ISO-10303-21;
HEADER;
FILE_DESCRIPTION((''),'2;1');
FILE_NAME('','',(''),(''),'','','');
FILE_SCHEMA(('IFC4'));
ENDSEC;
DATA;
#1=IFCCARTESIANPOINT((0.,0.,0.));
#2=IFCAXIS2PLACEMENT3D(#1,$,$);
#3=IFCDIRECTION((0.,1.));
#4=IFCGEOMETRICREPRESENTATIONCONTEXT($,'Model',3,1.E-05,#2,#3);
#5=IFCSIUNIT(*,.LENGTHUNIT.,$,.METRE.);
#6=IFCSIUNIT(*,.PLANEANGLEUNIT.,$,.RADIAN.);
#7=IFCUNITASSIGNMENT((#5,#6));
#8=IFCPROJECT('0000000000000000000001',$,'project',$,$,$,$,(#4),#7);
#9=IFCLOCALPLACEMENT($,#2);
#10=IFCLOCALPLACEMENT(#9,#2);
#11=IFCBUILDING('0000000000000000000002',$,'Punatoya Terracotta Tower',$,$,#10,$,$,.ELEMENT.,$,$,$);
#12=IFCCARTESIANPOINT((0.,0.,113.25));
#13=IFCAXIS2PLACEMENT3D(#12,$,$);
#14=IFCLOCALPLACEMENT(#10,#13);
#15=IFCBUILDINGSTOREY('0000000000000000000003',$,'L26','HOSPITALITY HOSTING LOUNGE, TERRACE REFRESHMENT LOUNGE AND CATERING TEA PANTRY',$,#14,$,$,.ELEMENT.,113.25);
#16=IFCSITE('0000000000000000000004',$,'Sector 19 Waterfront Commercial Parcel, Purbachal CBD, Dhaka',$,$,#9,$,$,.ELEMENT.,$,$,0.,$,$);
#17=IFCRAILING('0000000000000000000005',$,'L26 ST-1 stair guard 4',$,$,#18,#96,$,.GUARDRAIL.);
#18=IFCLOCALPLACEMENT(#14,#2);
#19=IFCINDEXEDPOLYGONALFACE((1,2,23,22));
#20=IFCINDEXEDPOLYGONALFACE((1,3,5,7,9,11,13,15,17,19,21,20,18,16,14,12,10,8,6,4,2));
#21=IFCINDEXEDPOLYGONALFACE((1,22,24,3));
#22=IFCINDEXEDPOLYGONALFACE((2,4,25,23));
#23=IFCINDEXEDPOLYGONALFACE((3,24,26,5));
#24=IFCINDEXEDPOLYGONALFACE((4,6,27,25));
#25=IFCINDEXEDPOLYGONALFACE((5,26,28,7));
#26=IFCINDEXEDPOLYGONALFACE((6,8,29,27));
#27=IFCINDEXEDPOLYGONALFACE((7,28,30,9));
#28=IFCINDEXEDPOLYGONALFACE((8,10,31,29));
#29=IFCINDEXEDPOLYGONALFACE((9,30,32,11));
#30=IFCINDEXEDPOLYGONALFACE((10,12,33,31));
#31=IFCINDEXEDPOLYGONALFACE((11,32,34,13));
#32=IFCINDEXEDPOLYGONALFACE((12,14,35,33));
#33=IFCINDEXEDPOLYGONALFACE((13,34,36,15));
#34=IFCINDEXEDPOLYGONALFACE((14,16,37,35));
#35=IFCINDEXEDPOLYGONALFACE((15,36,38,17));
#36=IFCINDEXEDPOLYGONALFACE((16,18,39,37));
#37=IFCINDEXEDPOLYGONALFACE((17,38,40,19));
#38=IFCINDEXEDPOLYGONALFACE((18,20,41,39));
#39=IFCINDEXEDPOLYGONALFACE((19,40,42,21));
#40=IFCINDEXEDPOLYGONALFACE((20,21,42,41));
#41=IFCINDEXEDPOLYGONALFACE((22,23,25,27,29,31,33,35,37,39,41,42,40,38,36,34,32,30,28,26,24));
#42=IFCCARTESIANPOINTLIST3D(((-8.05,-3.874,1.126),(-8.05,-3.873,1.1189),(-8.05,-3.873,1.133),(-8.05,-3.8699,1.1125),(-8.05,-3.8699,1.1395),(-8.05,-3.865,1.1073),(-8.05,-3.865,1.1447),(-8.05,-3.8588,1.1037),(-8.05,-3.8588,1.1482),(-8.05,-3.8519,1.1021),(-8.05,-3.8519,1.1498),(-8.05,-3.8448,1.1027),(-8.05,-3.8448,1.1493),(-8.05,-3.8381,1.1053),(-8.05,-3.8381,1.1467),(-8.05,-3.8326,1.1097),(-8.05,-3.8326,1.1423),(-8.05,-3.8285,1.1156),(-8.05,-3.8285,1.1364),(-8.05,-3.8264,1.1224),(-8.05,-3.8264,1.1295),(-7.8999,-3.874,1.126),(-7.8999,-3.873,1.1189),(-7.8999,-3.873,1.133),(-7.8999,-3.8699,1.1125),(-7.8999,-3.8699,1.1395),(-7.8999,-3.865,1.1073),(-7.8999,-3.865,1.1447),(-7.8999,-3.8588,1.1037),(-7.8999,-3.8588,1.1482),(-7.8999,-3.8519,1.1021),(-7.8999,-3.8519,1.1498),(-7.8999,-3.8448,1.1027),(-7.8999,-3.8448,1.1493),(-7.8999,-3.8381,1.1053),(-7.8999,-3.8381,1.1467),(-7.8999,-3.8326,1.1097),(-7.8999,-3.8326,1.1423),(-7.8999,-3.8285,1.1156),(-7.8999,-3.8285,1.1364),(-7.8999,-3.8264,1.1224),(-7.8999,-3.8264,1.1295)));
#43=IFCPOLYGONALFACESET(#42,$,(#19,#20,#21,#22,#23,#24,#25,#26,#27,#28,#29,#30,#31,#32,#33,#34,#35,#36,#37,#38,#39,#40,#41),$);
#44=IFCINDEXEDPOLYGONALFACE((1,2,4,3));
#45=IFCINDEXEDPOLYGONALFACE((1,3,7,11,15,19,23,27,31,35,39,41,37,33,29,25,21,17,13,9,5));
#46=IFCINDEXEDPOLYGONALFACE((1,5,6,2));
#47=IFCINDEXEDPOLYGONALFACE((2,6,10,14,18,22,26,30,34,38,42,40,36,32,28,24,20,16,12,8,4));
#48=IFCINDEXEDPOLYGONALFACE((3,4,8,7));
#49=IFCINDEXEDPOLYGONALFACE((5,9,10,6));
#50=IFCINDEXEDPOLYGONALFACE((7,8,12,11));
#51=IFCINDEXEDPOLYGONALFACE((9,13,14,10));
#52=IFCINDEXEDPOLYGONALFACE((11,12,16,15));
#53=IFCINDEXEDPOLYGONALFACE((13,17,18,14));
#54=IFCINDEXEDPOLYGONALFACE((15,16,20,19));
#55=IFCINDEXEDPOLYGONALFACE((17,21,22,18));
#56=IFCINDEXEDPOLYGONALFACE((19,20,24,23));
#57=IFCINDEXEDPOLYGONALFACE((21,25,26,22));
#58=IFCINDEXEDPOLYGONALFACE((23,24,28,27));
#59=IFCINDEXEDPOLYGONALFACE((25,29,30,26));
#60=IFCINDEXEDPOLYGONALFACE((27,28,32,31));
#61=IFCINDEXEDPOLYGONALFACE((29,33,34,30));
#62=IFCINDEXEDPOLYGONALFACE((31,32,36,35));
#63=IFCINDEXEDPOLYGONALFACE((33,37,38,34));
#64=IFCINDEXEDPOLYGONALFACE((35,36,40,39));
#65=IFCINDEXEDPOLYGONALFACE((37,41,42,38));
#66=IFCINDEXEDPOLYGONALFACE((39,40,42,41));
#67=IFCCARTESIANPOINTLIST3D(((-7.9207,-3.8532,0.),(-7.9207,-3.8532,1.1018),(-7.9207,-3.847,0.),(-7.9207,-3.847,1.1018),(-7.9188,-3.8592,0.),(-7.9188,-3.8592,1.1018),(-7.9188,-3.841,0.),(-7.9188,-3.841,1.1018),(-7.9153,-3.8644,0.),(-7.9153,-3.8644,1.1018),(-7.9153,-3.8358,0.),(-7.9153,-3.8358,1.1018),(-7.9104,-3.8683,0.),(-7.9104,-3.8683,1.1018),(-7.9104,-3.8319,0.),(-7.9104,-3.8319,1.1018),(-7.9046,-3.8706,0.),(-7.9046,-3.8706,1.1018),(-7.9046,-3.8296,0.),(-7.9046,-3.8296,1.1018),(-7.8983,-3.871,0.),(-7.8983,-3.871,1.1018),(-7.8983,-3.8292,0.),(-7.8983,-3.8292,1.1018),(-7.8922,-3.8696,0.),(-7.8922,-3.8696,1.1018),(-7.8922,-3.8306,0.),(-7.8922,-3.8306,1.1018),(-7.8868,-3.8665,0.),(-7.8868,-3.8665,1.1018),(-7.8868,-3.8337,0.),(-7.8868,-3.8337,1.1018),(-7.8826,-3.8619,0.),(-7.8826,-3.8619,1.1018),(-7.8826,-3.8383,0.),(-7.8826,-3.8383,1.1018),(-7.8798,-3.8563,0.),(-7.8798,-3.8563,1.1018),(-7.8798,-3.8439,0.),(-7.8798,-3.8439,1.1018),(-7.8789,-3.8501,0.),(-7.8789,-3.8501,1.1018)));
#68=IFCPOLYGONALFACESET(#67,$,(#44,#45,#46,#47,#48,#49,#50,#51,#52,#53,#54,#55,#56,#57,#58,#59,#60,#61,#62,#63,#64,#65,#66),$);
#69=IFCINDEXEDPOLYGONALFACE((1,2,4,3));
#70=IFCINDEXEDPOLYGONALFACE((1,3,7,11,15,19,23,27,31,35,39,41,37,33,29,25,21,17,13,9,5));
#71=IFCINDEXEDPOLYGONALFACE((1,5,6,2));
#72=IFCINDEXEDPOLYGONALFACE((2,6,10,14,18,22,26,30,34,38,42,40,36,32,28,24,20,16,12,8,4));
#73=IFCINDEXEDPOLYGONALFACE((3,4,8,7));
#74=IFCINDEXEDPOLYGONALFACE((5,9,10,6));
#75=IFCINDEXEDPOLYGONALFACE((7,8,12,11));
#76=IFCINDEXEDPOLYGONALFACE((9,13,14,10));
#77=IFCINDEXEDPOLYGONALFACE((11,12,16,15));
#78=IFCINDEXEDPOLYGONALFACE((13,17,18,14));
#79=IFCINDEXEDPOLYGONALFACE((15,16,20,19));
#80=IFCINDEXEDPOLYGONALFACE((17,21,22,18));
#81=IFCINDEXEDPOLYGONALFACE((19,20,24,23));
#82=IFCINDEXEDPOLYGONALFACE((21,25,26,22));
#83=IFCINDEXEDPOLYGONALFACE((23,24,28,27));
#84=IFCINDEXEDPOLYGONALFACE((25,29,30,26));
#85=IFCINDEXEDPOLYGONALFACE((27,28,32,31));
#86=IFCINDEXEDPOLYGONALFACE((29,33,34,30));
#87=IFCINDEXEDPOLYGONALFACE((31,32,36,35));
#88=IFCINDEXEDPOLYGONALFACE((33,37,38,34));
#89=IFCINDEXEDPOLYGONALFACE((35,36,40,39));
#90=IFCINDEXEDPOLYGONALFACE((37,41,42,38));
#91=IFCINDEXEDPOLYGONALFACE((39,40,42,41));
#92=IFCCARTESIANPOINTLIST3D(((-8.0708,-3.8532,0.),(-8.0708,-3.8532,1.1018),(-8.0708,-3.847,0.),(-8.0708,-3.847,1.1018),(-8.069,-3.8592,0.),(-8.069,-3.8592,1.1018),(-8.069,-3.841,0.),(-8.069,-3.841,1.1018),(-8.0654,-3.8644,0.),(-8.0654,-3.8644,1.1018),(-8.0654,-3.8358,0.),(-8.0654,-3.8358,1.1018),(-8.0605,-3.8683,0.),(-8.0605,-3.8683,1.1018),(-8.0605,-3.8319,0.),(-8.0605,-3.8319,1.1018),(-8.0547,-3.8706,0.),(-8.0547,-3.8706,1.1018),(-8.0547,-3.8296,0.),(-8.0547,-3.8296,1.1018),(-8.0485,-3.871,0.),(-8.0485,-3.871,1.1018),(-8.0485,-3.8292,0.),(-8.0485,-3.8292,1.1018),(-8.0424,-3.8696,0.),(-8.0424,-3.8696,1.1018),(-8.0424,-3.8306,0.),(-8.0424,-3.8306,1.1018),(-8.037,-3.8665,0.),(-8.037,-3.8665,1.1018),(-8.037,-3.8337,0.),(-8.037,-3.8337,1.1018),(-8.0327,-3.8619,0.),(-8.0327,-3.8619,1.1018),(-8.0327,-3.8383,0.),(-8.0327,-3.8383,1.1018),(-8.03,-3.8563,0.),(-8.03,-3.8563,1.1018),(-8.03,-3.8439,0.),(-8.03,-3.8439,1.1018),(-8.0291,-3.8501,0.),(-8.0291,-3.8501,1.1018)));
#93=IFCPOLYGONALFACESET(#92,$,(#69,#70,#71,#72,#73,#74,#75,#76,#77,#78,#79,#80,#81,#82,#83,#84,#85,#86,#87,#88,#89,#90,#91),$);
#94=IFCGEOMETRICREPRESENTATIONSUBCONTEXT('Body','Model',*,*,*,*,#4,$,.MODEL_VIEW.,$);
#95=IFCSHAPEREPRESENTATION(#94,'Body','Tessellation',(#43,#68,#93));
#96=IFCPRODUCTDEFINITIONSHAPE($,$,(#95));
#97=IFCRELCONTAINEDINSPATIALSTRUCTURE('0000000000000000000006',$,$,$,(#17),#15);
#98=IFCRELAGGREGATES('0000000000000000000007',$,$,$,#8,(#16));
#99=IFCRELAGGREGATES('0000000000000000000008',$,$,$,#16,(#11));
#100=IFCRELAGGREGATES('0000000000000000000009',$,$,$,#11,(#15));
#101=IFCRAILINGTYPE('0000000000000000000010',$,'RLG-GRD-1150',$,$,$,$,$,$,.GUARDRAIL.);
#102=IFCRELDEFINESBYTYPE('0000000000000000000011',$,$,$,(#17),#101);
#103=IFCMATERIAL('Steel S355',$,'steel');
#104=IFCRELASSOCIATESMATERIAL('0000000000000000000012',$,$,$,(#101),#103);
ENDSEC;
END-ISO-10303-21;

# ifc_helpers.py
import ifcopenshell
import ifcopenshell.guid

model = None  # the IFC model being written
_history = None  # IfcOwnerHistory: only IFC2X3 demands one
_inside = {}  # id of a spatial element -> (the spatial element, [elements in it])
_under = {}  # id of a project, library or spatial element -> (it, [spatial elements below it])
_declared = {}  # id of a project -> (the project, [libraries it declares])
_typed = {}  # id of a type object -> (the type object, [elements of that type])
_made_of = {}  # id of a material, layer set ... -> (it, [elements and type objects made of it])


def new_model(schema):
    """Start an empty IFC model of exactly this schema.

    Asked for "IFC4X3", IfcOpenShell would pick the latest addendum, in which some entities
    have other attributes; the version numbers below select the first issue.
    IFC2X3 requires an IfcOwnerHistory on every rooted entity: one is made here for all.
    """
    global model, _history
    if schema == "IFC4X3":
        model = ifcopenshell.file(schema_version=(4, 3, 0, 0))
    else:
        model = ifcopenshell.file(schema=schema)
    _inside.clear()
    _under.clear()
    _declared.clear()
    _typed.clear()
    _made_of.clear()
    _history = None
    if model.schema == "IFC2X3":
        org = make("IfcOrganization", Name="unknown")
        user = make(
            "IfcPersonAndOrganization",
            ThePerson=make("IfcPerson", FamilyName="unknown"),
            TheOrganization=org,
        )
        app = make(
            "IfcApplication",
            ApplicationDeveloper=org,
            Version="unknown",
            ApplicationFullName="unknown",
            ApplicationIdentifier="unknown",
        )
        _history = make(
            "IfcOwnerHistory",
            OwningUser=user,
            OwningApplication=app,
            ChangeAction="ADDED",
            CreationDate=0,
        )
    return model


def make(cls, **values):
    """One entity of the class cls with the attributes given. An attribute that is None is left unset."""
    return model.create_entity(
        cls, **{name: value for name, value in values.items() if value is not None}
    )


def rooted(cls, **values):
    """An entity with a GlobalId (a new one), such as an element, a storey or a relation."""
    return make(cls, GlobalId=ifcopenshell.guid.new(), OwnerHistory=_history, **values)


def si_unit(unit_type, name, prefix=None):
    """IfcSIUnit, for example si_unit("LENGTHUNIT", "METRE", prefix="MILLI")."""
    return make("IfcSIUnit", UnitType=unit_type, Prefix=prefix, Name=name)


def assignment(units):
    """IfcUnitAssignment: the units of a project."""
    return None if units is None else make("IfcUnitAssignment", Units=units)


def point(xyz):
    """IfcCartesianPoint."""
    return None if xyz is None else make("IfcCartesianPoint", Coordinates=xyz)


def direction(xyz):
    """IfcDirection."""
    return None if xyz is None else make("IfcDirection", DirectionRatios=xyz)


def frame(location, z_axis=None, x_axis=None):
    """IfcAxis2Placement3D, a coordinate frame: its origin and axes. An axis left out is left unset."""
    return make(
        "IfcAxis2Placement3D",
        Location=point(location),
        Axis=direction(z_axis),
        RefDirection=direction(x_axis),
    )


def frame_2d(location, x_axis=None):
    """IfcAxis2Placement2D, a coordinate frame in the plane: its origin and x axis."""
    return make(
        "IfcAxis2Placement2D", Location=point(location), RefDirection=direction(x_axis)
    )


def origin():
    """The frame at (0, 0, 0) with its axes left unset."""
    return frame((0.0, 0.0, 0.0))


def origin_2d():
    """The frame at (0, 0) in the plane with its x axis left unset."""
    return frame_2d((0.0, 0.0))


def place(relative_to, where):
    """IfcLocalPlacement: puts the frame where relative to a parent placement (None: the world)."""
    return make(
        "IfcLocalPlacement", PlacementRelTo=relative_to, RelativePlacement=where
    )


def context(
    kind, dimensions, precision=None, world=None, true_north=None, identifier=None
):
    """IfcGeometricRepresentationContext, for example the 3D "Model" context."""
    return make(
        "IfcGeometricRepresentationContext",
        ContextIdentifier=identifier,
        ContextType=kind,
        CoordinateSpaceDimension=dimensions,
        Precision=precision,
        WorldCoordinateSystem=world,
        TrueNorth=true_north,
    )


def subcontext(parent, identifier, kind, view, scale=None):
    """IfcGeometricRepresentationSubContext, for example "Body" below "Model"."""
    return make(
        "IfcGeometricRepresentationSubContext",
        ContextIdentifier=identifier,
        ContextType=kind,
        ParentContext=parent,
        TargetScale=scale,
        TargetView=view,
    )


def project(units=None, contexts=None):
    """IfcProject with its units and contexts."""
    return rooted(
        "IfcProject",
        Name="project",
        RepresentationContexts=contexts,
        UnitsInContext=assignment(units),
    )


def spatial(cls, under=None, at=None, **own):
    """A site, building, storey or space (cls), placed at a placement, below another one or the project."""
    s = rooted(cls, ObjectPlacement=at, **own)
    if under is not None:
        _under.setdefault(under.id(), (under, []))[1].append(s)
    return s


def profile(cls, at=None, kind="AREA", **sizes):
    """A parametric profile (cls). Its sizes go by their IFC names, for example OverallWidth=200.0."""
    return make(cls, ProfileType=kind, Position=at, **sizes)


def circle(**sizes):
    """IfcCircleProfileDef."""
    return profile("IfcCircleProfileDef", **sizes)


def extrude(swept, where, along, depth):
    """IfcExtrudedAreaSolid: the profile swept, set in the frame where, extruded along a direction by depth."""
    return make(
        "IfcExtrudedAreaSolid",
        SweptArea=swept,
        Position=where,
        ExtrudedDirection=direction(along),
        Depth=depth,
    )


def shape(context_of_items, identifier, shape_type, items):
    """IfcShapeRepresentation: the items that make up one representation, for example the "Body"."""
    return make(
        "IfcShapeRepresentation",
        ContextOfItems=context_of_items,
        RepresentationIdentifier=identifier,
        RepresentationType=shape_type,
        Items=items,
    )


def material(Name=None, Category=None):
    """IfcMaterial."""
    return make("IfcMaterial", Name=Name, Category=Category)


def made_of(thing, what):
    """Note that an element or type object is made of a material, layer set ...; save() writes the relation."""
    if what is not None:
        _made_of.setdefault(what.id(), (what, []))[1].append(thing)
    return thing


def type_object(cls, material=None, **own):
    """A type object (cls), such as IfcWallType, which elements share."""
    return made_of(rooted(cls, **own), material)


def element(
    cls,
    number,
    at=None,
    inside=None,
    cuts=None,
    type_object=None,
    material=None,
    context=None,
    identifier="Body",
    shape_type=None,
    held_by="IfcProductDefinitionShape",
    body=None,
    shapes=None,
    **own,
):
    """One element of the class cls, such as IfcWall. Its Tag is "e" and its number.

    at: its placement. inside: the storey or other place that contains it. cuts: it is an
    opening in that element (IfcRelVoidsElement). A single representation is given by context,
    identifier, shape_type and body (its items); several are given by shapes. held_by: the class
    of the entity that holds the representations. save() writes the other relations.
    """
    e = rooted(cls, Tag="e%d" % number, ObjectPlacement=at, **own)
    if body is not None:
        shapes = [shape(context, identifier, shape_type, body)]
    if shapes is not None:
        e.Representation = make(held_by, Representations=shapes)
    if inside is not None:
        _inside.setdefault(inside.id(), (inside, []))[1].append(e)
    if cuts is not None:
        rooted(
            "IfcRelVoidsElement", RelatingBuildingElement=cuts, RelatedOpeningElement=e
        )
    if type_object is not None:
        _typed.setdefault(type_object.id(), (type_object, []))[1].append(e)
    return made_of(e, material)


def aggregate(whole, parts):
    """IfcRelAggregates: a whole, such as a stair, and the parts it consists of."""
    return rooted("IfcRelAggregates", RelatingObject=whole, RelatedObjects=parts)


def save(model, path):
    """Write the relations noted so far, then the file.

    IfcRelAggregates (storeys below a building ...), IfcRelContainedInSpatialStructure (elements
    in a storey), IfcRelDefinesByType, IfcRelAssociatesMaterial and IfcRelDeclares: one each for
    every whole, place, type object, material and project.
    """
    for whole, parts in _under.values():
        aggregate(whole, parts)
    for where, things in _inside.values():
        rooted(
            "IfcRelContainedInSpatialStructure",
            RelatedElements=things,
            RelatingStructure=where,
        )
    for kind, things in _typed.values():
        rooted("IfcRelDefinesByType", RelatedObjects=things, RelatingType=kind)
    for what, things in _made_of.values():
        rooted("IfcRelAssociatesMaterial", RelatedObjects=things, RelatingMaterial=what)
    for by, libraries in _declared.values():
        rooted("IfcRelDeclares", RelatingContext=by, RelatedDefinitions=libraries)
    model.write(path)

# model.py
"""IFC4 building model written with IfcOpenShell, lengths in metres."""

from ifc_helpers import new_model, si_unit, direction, frame, origin, origin_2d, place, context, subcontext, project, spatial, circle, extrude, material, type_object, element, save


model = new_model("IFC4")

# Units and contexts
model_context = context("Model", 3, precision=1e-05, world=origin(), true_north=direction((0.0, 1.0)))
body_context = subcontext(model_context, "Body", "Model", "MODEL_VIEW")
ifc_project = project(units=[si_unit("LENGTHUNIT", "METRE"), si_unit("PLANEANGLEUNIT", "RADIAN")], contexts=[model_context])

# Site, building, storey
site_placement = place(None, origin())
site = spatial("IfcSite", under=ifc_project, at=site_placement, Name="Sector 19 Waterfront Commercial Parcel, Purbachal CBD, Dhaka", CompositionType="ELEMENT", RefElevation=0.0)
building_placement = place(site_placement, origin())
building = spatial("IfcBuilding", under=site, at=building_placement, Name="Punatoya Terracotta Tower", CompositionType="ELEMENT")
storey_placement = place(building_placement, frame((0.0, 0.0, 113.25)))
storey = spatial("IfcBuildingStorey", under=building, at=storey_placement, Name="L26", Description="HOSPITALITY HOSTING LOUNGE, TERRACE REFRESHMENT LOUNGE AND CATERING TEA PANTRY", CompositionType="ELEMENT", Elevation=113.25)

# Shared definitions
ifc_material_1 = material(Name="Steel S355", Category="steel")

# Railing
railing_type_1 = type_object("IfcRailingType", Name="RLG-GRD-1150", PredefinedType="GUARDRAIL", material=ifc_material_1)
railing_1_placement = place(storey_placement, frame((-7.8999, -3.8501, 0.0)))
element("IfcRailing", 1, at=railing_1_placement, inside=storey, type_object=railing_type_1, Name="L26 ST-1 stair guard 4", PredefinedType="GUARDRAIL", context=body_context, shape_type="SweptSolid", body=[
    extrude(circle(Radius=0.0239, at=origin_2d()), frame((0.0, 0.0, 1.126), z_axis=(-1.0, 0.0, 0.0), x_axis=(0.0, -1.0, 0.0)), (0.0, 0.0, 1.0), 0.1501),
    extrude(circle(Radius=0.021, at=origin_2d()), origin(), (0.0, 0.0, 1.0), 1.1018),
    extrude(circle(Radius=0.021, at=origin_2d()), frame((-0.1501, 0.0, 0.0)), (0.0, 0.0, 1.0), 1.1018),
])

save(model, "model.ifc")
